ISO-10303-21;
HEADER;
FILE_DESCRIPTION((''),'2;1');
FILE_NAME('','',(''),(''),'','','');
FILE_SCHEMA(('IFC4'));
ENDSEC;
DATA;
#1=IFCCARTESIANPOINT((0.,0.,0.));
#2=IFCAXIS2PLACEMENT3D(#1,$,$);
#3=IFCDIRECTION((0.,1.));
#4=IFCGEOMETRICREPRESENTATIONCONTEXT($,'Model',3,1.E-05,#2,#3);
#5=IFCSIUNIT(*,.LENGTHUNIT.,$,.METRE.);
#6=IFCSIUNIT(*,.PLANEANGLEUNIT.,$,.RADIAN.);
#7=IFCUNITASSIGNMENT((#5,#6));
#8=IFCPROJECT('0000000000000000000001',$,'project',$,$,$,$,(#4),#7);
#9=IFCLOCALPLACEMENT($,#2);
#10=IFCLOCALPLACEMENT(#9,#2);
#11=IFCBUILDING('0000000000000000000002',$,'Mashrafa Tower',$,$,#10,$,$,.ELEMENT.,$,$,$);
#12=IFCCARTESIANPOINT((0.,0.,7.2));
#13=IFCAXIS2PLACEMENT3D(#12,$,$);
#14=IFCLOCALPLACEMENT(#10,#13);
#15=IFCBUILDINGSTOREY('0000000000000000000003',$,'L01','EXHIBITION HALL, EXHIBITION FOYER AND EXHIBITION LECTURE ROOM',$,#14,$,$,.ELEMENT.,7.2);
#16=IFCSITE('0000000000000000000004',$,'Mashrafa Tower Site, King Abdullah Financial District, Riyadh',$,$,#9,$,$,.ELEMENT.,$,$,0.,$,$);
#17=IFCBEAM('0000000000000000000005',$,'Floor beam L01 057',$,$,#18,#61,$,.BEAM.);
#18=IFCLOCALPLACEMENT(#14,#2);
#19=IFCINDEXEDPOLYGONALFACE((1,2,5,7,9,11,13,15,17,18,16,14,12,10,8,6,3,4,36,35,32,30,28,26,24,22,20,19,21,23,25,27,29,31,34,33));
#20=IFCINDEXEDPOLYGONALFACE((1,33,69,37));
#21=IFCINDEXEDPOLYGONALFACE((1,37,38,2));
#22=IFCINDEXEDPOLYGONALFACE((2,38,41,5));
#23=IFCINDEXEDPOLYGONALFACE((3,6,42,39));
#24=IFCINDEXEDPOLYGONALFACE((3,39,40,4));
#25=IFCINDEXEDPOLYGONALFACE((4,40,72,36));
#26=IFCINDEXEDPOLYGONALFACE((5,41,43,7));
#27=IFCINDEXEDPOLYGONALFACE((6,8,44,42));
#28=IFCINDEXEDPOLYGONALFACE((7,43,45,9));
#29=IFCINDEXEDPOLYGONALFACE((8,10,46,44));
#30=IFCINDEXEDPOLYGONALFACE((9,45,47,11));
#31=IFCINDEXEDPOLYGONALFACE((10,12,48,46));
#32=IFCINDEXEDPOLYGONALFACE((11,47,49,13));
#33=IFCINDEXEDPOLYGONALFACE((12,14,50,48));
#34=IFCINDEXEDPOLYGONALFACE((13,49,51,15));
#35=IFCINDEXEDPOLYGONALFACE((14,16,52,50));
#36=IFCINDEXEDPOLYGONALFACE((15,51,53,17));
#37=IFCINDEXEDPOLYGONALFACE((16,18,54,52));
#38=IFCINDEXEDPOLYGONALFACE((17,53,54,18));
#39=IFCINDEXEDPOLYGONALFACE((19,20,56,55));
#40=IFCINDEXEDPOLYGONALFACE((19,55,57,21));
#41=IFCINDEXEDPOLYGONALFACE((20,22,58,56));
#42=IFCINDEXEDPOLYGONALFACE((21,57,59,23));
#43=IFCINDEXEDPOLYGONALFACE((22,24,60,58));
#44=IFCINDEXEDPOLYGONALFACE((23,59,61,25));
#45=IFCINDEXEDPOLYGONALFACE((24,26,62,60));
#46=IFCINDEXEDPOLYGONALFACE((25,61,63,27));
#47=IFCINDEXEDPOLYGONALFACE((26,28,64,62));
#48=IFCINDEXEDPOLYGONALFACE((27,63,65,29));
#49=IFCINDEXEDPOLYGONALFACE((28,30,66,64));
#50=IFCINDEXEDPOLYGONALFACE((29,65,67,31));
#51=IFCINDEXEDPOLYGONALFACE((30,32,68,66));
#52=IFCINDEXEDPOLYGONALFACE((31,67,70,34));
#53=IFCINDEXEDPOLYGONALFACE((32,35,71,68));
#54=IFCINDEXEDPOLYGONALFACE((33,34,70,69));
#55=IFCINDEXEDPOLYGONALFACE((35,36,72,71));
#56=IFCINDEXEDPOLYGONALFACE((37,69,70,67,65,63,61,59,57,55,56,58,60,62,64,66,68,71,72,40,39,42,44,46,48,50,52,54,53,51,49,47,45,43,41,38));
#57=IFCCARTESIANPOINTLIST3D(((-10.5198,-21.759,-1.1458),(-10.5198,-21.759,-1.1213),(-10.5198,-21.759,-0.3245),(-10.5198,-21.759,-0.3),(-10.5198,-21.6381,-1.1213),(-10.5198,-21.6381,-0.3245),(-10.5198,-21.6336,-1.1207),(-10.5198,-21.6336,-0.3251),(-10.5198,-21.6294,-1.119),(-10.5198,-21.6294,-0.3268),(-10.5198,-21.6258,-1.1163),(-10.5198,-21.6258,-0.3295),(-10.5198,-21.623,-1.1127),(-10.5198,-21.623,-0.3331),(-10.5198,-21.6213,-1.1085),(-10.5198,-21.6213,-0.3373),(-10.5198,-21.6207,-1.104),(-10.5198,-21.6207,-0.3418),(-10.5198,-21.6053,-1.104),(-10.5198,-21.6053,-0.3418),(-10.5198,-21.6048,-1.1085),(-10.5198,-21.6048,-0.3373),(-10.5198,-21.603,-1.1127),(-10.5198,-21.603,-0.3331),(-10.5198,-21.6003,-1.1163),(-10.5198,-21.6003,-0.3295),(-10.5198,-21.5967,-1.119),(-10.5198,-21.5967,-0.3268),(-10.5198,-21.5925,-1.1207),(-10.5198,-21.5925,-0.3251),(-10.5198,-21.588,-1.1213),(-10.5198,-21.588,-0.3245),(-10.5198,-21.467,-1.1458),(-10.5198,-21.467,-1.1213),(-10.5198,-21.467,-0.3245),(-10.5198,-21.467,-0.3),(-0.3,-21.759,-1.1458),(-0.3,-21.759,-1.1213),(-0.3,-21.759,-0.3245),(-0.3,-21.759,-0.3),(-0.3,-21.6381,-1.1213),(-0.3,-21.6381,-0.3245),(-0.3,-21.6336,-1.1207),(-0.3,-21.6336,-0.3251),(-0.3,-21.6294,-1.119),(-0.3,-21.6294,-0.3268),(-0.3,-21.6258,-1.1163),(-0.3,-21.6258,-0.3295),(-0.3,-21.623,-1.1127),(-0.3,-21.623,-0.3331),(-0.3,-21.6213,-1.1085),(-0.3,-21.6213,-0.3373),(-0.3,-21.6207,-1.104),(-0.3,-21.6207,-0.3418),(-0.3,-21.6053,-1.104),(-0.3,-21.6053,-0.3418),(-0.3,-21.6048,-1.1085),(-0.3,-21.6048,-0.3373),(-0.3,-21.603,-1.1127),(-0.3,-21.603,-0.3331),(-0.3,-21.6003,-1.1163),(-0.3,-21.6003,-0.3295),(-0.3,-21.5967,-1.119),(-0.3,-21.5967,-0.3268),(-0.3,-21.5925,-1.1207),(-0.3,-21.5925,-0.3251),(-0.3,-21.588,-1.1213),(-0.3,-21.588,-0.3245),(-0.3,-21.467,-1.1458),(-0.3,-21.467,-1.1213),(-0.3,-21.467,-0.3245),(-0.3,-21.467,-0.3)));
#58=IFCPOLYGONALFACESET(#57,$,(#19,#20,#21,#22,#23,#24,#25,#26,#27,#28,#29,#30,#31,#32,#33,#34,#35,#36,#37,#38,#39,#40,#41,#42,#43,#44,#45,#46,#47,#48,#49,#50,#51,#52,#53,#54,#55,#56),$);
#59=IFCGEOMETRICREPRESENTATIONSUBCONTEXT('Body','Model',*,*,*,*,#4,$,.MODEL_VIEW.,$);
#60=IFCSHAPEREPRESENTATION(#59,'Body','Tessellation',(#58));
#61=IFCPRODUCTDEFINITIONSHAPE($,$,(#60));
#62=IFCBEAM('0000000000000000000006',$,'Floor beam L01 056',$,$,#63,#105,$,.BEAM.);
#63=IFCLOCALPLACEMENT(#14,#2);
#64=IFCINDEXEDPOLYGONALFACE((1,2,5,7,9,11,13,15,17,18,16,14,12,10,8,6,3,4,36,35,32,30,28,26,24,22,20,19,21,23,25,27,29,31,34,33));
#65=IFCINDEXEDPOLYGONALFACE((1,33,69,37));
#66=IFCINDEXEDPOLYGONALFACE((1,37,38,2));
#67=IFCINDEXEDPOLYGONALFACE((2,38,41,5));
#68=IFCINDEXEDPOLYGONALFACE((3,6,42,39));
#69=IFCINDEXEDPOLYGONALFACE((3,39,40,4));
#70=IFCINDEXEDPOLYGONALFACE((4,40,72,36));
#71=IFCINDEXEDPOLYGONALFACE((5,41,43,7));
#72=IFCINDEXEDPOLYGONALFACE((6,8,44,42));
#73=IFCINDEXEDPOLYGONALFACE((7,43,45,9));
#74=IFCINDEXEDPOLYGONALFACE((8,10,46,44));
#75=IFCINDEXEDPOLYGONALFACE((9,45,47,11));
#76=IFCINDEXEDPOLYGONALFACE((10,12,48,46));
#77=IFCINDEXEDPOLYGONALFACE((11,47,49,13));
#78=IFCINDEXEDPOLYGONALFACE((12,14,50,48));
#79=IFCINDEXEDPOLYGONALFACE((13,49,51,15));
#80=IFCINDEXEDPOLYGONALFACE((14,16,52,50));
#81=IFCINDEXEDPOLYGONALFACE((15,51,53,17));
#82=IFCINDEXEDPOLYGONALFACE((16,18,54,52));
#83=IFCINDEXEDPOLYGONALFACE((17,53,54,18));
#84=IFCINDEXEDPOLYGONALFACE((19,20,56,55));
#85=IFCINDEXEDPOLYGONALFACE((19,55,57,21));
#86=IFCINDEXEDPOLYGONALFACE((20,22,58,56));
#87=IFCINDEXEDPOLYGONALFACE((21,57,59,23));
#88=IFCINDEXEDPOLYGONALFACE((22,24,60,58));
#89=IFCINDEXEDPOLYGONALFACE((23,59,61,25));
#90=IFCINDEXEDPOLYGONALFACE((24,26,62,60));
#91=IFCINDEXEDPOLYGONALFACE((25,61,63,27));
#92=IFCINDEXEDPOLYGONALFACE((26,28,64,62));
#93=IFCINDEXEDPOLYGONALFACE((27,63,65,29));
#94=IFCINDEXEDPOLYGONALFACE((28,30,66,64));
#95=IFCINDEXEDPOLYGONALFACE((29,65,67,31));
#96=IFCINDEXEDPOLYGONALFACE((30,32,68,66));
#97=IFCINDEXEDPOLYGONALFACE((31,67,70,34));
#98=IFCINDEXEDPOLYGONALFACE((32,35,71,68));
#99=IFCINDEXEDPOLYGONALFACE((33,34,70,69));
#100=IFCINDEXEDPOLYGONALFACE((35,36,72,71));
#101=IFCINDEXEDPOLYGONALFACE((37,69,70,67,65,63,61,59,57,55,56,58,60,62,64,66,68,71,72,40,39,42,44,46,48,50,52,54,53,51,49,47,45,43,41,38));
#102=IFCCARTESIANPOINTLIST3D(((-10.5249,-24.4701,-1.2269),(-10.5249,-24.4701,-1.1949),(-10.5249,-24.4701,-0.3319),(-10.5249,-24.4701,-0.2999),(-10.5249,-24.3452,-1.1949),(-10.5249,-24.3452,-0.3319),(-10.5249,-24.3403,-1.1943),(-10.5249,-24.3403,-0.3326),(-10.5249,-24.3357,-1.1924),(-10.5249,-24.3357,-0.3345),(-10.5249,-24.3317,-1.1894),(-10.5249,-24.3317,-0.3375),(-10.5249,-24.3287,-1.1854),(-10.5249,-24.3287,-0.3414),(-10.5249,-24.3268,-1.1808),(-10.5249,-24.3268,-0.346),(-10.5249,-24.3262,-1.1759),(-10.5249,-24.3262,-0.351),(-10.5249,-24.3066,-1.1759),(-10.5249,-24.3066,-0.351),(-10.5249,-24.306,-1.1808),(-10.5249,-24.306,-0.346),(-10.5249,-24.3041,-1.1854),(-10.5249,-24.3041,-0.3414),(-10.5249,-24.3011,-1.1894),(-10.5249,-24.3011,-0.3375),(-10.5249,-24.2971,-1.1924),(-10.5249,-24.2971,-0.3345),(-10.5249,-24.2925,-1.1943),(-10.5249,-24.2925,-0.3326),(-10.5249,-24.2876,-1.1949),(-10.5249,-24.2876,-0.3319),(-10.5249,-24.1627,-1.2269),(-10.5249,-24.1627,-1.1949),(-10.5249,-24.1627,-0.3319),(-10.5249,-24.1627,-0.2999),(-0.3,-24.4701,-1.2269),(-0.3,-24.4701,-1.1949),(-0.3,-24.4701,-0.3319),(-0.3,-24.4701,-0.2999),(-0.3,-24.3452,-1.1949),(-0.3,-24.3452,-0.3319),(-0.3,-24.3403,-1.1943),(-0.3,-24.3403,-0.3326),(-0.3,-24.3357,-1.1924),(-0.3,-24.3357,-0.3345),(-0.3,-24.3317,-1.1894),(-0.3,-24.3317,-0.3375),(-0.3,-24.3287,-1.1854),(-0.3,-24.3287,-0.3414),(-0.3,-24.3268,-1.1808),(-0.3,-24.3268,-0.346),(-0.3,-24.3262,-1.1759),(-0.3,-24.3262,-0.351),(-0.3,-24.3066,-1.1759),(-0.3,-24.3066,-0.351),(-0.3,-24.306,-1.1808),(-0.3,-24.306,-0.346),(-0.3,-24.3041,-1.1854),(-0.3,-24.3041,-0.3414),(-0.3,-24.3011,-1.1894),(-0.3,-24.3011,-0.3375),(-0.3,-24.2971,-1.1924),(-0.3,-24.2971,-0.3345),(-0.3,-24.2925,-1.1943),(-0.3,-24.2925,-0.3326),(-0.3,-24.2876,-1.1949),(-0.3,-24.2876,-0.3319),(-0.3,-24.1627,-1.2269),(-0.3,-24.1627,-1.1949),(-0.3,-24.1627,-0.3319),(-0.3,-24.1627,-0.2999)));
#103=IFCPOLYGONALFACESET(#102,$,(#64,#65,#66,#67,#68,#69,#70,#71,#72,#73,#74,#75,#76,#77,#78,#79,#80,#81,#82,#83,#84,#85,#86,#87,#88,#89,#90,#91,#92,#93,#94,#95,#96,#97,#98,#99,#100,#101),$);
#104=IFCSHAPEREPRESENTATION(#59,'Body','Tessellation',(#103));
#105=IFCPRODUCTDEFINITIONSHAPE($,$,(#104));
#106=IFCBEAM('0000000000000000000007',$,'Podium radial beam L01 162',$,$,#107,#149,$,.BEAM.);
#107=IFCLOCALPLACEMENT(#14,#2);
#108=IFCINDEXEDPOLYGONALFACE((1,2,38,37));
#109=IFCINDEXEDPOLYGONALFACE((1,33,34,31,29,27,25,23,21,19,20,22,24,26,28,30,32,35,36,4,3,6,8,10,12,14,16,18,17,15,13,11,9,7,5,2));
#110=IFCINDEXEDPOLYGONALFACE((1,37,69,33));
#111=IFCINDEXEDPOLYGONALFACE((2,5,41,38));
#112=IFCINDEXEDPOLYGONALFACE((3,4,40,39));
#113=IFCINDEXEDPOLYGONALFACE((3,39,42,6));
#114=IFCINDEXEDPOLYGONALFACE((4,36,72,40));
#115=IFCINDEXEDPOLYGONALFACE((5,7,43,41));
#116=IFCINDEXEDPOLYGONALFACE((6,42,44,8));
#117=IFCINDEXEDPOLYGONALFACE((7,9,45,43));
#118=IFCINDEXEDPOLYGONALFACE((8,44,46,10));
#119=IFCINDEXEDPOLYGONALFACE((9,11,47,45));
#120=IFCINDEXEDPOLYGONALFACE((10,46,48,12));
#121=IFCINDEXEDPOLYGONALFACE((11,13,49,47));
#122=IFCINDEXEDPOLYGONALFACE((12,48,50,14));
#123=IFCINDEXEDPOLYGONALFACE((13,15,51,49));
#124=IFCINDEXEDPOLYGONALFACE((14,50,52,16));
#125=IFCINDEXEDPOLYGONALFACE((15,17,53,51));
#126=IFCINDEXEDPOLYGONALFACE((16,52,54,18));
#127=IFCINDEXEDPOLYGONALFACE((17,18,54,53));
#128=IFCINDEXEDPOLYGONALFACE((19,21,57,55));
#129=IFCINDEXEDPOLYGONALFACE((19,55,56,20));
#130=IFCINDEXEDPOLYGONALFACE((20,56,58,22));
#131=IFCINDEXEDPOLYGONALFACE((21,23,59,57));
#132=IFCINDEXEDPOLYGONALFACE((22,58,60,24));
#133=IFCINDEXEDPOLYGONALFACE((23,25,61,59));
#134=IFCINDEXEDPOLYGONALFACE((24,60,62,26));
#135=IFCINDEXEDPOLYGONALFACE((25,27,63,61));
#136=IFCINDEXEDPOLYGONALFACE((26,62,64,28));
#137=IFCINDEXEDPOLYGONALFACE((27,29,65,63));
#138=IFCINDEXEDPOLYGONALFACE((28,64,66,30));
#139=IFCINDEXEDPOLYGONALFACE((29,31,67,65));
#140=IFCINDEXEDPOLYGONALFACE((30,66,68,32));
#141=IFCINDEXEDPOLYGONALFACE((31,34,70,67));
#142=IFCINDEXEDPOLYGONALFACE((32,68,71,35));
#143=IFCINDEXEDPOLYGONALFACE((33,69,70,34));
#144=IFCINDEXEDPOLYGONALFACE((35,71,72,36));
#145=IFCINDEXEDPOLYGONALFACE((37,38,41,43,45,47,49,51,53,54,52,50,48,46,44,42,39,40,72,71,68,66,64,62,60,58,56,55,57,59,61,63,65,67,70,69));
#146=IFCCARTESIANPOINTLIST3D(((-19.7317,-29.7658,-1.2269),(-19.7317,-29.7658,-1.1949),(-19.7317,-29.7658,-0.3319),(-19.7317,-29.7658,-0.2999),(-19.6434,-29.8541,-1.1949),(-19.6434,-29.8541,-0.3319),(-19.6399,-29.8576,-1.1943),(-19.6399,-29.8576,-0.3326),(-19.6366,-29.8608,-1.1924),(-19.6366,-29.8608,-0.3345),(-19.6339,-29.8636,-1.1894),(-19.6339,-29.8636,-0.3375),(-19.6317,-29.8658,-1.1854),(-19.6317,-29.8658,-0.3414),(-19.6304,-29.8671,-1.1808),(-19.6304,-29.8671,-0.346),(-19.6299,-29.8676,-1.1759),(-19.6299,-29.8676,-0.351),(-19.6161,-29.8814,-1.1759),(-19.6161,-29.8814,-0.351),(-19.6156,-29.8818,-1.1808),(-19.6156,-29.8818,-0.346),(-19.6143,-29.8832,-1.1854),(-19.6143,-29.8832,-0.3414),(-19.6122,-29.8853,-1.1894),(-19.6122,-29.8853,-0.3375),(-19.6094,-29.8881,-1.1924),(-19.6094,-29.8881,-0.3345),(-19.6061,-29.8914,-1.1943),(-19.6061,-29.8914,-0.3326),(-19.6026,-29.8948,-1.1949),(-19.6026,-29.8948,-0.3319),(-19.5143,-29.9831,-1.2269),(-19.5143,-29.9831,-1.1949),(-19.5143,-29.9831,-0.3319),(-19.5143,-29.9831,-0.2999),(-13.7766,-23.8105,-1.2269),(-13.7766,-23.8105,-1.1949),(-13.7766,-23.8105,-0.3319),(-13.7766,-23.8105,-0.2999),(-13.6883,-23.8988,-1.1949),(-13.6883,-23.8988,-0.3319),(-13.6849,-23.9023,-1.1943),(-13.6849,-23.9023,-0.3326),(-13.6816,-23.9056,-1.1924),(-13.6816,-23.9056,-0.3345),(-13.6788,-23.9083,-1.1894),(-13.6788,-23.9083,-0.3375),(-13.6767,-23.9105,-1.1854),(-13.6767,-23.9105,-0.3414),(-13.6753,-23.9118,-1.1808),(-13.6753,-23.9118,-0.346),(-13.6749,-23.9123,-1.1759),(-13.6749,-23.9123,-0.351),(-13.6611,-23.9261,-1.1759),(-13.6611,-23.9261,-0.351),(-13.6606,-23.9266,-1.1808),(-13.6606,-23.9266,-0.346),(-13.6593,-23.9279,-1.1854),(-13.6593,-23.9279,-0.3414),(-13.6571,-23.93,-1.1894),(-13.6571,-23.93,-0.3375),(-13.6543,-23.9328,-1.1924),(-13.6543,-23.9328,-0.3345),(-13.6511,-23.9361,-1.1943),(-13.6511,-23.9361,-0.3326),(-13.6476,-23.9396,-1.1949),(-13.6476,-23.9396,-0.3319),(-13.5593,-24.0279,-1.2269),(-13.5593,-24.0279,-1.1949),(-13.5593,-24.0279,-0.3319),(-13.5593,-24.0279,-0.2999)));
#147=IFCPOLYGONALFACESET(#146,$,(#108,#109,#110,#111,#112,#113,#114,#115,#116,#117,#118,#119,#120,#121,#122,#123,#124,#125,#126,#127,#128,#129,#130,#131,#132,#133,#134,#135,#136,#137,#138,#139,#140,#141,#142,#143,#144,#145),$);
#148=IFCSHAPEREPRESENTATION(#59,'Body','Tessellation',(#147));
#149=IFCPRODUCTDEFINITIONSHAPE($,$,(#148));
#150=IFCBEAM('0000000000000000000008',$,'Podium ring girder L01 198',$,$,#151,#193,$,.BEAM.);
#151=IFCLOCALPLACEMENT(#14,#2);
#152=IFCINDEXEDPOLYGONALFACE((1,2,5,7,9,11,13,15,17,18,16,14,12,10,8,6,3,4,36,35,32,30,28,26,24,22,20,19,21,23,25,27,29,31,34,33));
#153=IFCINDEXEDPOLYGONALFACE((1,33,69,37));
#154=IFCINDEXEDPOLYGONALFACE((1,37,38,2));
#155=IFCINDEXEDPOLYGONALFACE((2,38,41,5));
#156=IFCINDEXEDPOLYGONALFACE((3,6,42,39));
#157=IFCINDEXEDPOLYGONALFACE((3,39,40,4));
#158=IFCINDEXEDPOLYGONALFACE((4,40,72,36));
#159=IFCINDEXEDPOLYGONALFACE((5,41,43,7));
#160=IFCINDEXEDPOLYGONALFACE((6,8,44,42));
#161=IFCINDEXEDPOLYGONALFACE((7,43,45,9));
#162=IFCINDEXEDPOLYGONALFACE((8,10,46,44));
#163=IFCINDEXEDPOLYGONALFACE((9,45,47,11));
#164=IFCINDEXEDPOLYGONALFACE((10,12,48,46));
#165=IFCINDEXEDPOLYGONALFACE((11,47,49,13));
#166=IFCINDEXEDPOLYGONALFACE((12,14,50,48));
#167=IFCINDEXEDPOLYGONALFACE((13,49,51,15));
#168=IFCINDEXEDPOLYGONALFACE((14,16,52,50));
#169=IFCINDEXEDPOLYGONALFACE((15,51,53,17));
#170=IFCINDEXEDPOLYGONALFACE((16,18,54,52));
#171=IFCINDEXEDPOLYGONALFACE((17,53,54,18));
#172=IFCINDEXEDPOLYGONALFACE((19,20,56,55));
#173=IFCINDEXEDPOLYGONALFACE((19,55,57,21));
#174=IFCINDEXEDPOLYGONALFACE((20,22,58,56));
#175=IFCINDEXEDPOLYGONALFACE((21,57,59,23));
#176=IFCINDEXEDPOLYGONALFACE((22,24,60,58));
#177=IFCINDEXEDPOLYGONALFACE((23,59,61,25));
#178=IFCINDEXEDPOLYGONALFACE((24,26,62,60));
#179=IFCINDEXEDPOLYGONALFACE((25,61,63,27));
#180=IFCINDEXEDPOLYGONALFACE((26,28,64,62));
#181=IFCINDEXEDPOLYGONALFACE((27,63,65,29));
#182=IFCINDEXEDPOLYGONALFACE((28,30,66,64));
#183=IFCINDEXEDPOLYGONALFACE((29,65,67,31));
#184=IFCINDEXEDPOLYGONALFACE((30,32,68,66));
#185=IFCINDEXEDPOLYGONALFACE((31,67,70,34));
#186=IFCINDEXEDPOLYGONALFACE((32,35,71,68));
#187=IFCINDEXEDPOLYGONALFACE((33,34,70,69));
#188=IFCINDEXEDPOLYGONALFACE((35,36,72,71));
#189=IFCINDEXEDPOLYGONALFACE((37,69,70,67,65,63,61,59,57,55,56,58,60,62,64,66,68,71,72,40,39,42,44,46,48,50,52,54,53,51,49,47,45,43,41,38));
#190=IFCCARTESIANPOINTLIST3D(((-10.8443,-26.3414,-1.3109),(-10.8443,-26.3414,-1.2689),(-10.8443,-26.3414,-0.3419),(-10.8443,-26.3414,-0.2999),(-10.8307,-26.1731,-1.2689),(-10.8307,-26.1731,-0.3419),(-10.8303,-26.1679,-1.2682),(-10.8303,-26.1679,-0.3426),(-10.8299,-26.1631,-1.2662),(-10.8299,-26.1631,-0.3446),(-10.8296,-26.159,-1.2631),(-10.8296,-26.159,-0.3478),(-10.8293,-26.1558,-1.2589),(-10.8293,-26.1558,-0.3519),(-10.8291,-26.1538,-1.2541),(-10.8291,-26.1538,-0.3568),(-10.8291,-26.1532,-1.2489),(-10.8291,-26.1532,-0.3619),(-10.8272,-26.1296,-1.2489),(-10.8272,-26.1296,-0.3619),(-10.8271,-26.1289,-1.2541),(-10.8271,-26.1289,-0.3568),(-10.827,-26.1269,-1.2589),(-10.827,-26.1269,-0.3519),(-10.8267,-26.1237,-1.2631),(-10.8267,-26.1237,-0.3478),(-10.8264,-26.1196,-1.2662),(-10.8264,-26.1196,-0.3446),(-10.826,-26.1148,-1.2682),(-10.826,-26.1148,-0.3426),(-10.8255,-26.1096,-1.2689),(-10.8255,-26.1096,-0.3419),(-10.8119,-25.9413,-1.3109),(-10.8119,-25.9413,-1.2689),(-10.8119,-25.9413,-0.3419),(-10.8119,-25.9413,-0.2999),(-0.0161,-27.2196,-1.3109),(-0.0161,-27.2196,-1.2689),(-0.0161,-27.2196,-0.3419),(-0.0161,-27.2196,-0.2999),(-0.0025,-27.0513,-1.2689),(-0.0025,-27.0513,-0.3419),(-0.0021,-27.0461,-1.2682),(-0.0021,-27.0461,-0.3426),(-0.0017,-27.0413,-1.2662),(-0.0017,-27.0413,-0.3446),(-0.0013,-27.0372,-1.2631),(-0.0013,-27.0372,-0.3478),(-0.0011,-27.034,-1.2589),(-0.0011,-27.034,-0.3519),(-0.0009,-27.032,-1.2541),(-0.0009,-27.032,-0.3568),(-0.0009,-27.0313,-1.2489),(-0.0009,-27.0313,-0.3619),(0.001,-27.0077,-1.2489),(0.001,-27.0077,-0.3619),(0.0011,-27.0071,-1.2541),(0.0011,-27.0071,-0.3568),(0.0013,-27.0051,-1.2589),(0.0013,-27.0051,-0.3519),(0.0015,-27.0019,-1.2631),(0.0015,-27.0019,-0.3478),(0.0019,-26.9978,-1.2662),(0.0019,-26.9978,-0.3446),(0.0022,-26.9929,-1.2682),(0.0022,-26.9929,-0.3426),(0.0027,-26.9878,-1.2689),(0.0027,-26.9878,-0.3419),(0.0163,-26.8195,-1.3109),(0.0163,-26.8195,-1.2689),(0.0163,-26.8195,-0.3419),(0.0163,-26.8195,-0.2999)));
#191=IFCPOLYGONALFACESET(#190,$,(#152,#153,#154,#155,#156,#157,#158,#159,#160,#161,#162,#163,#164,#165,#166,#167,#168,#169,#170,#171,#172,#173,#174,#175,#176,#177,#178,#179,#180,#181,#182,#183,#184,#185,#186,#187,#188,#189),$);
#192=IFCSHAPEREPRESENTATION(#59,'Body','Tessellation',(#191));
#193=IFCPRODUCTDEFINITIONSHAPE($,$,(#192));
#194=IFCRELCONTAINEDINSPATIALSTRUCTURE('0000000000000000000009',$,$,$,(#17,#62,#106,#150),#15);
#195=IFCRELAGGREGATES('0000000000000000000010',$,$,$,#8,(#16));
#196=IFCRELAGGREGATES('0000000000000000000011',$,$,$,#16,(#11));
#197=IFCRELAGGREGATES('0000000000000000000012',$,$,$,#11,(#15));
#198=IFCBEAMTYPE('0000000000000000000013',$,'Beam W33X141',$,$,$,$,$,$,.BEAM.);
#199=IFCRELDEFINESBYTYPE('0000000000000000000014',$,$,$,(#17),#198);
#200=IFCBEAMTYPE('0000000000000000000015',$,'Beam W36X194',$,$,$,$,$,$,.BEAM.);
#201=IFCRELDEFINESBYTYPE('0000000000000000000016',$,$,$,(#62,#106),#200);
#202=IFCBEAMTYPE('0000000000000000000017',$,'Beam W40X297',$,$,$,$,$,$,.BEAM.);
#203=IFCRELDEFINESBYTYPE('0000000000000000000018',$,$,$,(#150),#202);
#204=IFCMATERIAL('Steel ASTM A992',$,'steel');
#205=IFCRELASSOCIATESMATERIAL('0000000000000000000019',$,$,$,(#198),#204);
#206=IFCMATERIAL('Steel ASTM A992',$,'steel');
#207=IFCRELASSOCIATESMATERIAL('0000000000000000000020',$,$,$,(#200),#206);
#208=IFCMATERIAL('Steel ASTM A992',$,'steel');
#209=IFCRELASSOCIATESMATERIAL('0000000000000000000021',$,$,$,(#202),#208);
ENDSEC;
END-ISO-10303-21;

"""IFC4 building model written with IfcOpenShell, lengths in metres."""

from ifc_helpers import new_model, si_unit, direction, frame, origin, origin_2d, place, context, subcontext, project, spatial, i_section, extrude, material, material_profile, profile_set, type_object, element, save


model = new_model("IFC4")

# Units and contexts
model_context = context("Model", 3, precision=1e-05, world=origin(), true_north=direction((0.0, 1.0)))
body_context = subcontext(model_context, "Body", "Model", "MODEL_VIEW")
ifc_project = project(units=[si_unit("LENGTHUNIT", "METRE"), si_unit("PLANEANGLEUNIT", "RADIAN")], contexts=[model_context])

# Site, building, storey
site_placement = place(None, origin())
site = spatial("IfcSite", under=ifc_project, at=site_placement, Name="Mashrafa Tower Site, King Abdullah Financial District, Riyadh", CompositionType="ELEMENT", RefElevation=0.0)
building_placement = place(site_placement, origin())
building = spatial("IfcBuilding", under=site, at=building_placement, Name="Mashrafa Tower", CompositionType="ELEMENT")
storey_placement = place(building_placement, frame((0.0, 0.0, 7.2)))
storey = spatial("IfcBuildingStorey", under=building, at=storey_placement, Name="L01", Description="EXHIBITION HALL, EXHIBITION FOYER AND EXHIBITION LECTURE ROOM", CompositionType="ELEMENT", Elevation=7.2)

# Beams
ifc_material_1 = material(Name="Steel ASTM A992", Category="steel")
ifc_material_profile_1 = material_profile(ifc_material_1, i_section(OverallWidth=0.292, OverallDepth=0.8457, WebThickness=0.0154, FlangeThickness=0.0244, FilletRadius=0.0173, at=origin_2d()), Name="W33X141")
ifc_profile_set_1 = profile_set([ifc_material_profile_1], Name="Steel ASTM A992")
beam_type_1 = type_object("IfcBeamType", Name="Beam W33X141", PredefinedType="BEAM", material=ifc_profile_set_1)
beam_1_placement = place(storey_placement, frame((-0.3, -21.613, -0.7229), z_axis=(-1.0, 0.0, 0.0), x_axis=(0.0, -1.0, 0.0)))
element("IfcBeam", 1, at=beam_1_placement, inside=storey, type_object=beam_type_1, Name="Floor beam L01 057", PredefinedType="BEAM", context=body_context, shape_type="SweptSolid", body=[
    extrude(i_section(OverallWidth=0.292, OverallDepth=0.8457, WebThickness=0.0154, FlangeThickness=0.0244, FilletRadius=0.0173, at=origin_2d()), origin(), (0.0, 0.0, 1.0), 10.2197),
])
ifc_material_2 = material(Name="Steel ASTM A992", Category="steel")
ifc_material_profile_2 = material_profile(ifc_material_2, i_section(OverallWidth=0.3074, OverallDepth=0.927, WebThickness=0.0195, FlangeThickness=0.032, FilletRadius=0.019, at=origin_2d()), Name="W36X194")
ifc_profile_set_2 = profile_set([ifc_material_profile_2], Name="Steel ASTM A992")
beam_type_2 = type_object("IfcBeamType", Name="Beam W36X194", PredefinedType="BEAM", material=ifc_profile_set_2)
beam_2_placement = place(storey_placement, frame((-0.3, -24.3164, -0.7634), z_axis=(-1.0, 0.0, 0.0), x_axis=(0.0, -1.0, 0.0)))
element("IfcBeam", 2, at=beam_2_placement, inside=storey, type_object=beam_type_2, Name="Floor beam L01 056", PredefinedType="BEAM", context=body_context, shape_type="SweptSolid", body=[
    extrude(i_section(OverallWidth=0.3074, OverallDepth=0.927, WebThickness=0.0195, FlangeThickness=0.032, FilletRadius=0.019, at=origin_2d()), origin(), (0.0, 0.0, 1.0), 10.2249),
])
beam_3_placement = place(storey_placement, frame((-13.668, -23.9192, -0.7634), z_axis=(-0.707092, -0.707121, 0.0), x_axis=(0.707121, -0.707092, 0.0)))
element("IfcBeam", 3, at=beam_3_placement, inside=storey, type_object=beam_type_2, Name="Podium radial beam L01 162", PredefinedType="BEAM", context=body_context, shape_type="SweptSolid", body=[
    extrude(i_section(OverallWidth=0.3074, OverallDepth=0.927, WebThickness=0.0195, FlangeThickness=0.032, FilletRadius=0.019, at=origin_2d()), origin(), (0.0, 0.0, 1.0), 8.4219),
])
ifc_material_3 = material(Name="Steel ASTM A992", Category="steel")
ifc_material_profile_3 = material_profile(ifc_material_3, i_section(OverallWidth=0.4014, OverallDepth=1.011, WebThickness=0.0237, FlangeThickness=0.042, FilletRadius=0.02, at=origin_2d()), Name="W40X297")
ifc_profile_set_3 = profile_set([ifc_material_profile_3], Name="Steel ASTM A992")
beam_type_3 = type_object("IfcBeamType", Name="Beam W40X297", PredefinedType="BEAM", material=ifc_profile_set_3)
beam_4_placement = place(storey_placement, frame((-10.8281, -26.1414, -0.8054), z_axis=(0.996727, -0.080836, 0.0), x_axis=(0.080836, 0.996727, 0.0)))
element("IfcBeam", 4, at=beam_4_placement, inside=storey, type_object=beam_type_3, Name="Podium ring girder L01 198", PredefinedType="BEAM", context=body_context, shape_type="SweptSolid", body=[
    extrude(i_section(OverallWidth=0.4014, OverallDepth=1.011, WebThickness=0.0237, FlangeThickness=0.042, FilletRadius=0.02, at=origin_2d()), origin(), (0.0, 0.0, 1.0), 10.8638),
])

save(model, "model.ifc")
